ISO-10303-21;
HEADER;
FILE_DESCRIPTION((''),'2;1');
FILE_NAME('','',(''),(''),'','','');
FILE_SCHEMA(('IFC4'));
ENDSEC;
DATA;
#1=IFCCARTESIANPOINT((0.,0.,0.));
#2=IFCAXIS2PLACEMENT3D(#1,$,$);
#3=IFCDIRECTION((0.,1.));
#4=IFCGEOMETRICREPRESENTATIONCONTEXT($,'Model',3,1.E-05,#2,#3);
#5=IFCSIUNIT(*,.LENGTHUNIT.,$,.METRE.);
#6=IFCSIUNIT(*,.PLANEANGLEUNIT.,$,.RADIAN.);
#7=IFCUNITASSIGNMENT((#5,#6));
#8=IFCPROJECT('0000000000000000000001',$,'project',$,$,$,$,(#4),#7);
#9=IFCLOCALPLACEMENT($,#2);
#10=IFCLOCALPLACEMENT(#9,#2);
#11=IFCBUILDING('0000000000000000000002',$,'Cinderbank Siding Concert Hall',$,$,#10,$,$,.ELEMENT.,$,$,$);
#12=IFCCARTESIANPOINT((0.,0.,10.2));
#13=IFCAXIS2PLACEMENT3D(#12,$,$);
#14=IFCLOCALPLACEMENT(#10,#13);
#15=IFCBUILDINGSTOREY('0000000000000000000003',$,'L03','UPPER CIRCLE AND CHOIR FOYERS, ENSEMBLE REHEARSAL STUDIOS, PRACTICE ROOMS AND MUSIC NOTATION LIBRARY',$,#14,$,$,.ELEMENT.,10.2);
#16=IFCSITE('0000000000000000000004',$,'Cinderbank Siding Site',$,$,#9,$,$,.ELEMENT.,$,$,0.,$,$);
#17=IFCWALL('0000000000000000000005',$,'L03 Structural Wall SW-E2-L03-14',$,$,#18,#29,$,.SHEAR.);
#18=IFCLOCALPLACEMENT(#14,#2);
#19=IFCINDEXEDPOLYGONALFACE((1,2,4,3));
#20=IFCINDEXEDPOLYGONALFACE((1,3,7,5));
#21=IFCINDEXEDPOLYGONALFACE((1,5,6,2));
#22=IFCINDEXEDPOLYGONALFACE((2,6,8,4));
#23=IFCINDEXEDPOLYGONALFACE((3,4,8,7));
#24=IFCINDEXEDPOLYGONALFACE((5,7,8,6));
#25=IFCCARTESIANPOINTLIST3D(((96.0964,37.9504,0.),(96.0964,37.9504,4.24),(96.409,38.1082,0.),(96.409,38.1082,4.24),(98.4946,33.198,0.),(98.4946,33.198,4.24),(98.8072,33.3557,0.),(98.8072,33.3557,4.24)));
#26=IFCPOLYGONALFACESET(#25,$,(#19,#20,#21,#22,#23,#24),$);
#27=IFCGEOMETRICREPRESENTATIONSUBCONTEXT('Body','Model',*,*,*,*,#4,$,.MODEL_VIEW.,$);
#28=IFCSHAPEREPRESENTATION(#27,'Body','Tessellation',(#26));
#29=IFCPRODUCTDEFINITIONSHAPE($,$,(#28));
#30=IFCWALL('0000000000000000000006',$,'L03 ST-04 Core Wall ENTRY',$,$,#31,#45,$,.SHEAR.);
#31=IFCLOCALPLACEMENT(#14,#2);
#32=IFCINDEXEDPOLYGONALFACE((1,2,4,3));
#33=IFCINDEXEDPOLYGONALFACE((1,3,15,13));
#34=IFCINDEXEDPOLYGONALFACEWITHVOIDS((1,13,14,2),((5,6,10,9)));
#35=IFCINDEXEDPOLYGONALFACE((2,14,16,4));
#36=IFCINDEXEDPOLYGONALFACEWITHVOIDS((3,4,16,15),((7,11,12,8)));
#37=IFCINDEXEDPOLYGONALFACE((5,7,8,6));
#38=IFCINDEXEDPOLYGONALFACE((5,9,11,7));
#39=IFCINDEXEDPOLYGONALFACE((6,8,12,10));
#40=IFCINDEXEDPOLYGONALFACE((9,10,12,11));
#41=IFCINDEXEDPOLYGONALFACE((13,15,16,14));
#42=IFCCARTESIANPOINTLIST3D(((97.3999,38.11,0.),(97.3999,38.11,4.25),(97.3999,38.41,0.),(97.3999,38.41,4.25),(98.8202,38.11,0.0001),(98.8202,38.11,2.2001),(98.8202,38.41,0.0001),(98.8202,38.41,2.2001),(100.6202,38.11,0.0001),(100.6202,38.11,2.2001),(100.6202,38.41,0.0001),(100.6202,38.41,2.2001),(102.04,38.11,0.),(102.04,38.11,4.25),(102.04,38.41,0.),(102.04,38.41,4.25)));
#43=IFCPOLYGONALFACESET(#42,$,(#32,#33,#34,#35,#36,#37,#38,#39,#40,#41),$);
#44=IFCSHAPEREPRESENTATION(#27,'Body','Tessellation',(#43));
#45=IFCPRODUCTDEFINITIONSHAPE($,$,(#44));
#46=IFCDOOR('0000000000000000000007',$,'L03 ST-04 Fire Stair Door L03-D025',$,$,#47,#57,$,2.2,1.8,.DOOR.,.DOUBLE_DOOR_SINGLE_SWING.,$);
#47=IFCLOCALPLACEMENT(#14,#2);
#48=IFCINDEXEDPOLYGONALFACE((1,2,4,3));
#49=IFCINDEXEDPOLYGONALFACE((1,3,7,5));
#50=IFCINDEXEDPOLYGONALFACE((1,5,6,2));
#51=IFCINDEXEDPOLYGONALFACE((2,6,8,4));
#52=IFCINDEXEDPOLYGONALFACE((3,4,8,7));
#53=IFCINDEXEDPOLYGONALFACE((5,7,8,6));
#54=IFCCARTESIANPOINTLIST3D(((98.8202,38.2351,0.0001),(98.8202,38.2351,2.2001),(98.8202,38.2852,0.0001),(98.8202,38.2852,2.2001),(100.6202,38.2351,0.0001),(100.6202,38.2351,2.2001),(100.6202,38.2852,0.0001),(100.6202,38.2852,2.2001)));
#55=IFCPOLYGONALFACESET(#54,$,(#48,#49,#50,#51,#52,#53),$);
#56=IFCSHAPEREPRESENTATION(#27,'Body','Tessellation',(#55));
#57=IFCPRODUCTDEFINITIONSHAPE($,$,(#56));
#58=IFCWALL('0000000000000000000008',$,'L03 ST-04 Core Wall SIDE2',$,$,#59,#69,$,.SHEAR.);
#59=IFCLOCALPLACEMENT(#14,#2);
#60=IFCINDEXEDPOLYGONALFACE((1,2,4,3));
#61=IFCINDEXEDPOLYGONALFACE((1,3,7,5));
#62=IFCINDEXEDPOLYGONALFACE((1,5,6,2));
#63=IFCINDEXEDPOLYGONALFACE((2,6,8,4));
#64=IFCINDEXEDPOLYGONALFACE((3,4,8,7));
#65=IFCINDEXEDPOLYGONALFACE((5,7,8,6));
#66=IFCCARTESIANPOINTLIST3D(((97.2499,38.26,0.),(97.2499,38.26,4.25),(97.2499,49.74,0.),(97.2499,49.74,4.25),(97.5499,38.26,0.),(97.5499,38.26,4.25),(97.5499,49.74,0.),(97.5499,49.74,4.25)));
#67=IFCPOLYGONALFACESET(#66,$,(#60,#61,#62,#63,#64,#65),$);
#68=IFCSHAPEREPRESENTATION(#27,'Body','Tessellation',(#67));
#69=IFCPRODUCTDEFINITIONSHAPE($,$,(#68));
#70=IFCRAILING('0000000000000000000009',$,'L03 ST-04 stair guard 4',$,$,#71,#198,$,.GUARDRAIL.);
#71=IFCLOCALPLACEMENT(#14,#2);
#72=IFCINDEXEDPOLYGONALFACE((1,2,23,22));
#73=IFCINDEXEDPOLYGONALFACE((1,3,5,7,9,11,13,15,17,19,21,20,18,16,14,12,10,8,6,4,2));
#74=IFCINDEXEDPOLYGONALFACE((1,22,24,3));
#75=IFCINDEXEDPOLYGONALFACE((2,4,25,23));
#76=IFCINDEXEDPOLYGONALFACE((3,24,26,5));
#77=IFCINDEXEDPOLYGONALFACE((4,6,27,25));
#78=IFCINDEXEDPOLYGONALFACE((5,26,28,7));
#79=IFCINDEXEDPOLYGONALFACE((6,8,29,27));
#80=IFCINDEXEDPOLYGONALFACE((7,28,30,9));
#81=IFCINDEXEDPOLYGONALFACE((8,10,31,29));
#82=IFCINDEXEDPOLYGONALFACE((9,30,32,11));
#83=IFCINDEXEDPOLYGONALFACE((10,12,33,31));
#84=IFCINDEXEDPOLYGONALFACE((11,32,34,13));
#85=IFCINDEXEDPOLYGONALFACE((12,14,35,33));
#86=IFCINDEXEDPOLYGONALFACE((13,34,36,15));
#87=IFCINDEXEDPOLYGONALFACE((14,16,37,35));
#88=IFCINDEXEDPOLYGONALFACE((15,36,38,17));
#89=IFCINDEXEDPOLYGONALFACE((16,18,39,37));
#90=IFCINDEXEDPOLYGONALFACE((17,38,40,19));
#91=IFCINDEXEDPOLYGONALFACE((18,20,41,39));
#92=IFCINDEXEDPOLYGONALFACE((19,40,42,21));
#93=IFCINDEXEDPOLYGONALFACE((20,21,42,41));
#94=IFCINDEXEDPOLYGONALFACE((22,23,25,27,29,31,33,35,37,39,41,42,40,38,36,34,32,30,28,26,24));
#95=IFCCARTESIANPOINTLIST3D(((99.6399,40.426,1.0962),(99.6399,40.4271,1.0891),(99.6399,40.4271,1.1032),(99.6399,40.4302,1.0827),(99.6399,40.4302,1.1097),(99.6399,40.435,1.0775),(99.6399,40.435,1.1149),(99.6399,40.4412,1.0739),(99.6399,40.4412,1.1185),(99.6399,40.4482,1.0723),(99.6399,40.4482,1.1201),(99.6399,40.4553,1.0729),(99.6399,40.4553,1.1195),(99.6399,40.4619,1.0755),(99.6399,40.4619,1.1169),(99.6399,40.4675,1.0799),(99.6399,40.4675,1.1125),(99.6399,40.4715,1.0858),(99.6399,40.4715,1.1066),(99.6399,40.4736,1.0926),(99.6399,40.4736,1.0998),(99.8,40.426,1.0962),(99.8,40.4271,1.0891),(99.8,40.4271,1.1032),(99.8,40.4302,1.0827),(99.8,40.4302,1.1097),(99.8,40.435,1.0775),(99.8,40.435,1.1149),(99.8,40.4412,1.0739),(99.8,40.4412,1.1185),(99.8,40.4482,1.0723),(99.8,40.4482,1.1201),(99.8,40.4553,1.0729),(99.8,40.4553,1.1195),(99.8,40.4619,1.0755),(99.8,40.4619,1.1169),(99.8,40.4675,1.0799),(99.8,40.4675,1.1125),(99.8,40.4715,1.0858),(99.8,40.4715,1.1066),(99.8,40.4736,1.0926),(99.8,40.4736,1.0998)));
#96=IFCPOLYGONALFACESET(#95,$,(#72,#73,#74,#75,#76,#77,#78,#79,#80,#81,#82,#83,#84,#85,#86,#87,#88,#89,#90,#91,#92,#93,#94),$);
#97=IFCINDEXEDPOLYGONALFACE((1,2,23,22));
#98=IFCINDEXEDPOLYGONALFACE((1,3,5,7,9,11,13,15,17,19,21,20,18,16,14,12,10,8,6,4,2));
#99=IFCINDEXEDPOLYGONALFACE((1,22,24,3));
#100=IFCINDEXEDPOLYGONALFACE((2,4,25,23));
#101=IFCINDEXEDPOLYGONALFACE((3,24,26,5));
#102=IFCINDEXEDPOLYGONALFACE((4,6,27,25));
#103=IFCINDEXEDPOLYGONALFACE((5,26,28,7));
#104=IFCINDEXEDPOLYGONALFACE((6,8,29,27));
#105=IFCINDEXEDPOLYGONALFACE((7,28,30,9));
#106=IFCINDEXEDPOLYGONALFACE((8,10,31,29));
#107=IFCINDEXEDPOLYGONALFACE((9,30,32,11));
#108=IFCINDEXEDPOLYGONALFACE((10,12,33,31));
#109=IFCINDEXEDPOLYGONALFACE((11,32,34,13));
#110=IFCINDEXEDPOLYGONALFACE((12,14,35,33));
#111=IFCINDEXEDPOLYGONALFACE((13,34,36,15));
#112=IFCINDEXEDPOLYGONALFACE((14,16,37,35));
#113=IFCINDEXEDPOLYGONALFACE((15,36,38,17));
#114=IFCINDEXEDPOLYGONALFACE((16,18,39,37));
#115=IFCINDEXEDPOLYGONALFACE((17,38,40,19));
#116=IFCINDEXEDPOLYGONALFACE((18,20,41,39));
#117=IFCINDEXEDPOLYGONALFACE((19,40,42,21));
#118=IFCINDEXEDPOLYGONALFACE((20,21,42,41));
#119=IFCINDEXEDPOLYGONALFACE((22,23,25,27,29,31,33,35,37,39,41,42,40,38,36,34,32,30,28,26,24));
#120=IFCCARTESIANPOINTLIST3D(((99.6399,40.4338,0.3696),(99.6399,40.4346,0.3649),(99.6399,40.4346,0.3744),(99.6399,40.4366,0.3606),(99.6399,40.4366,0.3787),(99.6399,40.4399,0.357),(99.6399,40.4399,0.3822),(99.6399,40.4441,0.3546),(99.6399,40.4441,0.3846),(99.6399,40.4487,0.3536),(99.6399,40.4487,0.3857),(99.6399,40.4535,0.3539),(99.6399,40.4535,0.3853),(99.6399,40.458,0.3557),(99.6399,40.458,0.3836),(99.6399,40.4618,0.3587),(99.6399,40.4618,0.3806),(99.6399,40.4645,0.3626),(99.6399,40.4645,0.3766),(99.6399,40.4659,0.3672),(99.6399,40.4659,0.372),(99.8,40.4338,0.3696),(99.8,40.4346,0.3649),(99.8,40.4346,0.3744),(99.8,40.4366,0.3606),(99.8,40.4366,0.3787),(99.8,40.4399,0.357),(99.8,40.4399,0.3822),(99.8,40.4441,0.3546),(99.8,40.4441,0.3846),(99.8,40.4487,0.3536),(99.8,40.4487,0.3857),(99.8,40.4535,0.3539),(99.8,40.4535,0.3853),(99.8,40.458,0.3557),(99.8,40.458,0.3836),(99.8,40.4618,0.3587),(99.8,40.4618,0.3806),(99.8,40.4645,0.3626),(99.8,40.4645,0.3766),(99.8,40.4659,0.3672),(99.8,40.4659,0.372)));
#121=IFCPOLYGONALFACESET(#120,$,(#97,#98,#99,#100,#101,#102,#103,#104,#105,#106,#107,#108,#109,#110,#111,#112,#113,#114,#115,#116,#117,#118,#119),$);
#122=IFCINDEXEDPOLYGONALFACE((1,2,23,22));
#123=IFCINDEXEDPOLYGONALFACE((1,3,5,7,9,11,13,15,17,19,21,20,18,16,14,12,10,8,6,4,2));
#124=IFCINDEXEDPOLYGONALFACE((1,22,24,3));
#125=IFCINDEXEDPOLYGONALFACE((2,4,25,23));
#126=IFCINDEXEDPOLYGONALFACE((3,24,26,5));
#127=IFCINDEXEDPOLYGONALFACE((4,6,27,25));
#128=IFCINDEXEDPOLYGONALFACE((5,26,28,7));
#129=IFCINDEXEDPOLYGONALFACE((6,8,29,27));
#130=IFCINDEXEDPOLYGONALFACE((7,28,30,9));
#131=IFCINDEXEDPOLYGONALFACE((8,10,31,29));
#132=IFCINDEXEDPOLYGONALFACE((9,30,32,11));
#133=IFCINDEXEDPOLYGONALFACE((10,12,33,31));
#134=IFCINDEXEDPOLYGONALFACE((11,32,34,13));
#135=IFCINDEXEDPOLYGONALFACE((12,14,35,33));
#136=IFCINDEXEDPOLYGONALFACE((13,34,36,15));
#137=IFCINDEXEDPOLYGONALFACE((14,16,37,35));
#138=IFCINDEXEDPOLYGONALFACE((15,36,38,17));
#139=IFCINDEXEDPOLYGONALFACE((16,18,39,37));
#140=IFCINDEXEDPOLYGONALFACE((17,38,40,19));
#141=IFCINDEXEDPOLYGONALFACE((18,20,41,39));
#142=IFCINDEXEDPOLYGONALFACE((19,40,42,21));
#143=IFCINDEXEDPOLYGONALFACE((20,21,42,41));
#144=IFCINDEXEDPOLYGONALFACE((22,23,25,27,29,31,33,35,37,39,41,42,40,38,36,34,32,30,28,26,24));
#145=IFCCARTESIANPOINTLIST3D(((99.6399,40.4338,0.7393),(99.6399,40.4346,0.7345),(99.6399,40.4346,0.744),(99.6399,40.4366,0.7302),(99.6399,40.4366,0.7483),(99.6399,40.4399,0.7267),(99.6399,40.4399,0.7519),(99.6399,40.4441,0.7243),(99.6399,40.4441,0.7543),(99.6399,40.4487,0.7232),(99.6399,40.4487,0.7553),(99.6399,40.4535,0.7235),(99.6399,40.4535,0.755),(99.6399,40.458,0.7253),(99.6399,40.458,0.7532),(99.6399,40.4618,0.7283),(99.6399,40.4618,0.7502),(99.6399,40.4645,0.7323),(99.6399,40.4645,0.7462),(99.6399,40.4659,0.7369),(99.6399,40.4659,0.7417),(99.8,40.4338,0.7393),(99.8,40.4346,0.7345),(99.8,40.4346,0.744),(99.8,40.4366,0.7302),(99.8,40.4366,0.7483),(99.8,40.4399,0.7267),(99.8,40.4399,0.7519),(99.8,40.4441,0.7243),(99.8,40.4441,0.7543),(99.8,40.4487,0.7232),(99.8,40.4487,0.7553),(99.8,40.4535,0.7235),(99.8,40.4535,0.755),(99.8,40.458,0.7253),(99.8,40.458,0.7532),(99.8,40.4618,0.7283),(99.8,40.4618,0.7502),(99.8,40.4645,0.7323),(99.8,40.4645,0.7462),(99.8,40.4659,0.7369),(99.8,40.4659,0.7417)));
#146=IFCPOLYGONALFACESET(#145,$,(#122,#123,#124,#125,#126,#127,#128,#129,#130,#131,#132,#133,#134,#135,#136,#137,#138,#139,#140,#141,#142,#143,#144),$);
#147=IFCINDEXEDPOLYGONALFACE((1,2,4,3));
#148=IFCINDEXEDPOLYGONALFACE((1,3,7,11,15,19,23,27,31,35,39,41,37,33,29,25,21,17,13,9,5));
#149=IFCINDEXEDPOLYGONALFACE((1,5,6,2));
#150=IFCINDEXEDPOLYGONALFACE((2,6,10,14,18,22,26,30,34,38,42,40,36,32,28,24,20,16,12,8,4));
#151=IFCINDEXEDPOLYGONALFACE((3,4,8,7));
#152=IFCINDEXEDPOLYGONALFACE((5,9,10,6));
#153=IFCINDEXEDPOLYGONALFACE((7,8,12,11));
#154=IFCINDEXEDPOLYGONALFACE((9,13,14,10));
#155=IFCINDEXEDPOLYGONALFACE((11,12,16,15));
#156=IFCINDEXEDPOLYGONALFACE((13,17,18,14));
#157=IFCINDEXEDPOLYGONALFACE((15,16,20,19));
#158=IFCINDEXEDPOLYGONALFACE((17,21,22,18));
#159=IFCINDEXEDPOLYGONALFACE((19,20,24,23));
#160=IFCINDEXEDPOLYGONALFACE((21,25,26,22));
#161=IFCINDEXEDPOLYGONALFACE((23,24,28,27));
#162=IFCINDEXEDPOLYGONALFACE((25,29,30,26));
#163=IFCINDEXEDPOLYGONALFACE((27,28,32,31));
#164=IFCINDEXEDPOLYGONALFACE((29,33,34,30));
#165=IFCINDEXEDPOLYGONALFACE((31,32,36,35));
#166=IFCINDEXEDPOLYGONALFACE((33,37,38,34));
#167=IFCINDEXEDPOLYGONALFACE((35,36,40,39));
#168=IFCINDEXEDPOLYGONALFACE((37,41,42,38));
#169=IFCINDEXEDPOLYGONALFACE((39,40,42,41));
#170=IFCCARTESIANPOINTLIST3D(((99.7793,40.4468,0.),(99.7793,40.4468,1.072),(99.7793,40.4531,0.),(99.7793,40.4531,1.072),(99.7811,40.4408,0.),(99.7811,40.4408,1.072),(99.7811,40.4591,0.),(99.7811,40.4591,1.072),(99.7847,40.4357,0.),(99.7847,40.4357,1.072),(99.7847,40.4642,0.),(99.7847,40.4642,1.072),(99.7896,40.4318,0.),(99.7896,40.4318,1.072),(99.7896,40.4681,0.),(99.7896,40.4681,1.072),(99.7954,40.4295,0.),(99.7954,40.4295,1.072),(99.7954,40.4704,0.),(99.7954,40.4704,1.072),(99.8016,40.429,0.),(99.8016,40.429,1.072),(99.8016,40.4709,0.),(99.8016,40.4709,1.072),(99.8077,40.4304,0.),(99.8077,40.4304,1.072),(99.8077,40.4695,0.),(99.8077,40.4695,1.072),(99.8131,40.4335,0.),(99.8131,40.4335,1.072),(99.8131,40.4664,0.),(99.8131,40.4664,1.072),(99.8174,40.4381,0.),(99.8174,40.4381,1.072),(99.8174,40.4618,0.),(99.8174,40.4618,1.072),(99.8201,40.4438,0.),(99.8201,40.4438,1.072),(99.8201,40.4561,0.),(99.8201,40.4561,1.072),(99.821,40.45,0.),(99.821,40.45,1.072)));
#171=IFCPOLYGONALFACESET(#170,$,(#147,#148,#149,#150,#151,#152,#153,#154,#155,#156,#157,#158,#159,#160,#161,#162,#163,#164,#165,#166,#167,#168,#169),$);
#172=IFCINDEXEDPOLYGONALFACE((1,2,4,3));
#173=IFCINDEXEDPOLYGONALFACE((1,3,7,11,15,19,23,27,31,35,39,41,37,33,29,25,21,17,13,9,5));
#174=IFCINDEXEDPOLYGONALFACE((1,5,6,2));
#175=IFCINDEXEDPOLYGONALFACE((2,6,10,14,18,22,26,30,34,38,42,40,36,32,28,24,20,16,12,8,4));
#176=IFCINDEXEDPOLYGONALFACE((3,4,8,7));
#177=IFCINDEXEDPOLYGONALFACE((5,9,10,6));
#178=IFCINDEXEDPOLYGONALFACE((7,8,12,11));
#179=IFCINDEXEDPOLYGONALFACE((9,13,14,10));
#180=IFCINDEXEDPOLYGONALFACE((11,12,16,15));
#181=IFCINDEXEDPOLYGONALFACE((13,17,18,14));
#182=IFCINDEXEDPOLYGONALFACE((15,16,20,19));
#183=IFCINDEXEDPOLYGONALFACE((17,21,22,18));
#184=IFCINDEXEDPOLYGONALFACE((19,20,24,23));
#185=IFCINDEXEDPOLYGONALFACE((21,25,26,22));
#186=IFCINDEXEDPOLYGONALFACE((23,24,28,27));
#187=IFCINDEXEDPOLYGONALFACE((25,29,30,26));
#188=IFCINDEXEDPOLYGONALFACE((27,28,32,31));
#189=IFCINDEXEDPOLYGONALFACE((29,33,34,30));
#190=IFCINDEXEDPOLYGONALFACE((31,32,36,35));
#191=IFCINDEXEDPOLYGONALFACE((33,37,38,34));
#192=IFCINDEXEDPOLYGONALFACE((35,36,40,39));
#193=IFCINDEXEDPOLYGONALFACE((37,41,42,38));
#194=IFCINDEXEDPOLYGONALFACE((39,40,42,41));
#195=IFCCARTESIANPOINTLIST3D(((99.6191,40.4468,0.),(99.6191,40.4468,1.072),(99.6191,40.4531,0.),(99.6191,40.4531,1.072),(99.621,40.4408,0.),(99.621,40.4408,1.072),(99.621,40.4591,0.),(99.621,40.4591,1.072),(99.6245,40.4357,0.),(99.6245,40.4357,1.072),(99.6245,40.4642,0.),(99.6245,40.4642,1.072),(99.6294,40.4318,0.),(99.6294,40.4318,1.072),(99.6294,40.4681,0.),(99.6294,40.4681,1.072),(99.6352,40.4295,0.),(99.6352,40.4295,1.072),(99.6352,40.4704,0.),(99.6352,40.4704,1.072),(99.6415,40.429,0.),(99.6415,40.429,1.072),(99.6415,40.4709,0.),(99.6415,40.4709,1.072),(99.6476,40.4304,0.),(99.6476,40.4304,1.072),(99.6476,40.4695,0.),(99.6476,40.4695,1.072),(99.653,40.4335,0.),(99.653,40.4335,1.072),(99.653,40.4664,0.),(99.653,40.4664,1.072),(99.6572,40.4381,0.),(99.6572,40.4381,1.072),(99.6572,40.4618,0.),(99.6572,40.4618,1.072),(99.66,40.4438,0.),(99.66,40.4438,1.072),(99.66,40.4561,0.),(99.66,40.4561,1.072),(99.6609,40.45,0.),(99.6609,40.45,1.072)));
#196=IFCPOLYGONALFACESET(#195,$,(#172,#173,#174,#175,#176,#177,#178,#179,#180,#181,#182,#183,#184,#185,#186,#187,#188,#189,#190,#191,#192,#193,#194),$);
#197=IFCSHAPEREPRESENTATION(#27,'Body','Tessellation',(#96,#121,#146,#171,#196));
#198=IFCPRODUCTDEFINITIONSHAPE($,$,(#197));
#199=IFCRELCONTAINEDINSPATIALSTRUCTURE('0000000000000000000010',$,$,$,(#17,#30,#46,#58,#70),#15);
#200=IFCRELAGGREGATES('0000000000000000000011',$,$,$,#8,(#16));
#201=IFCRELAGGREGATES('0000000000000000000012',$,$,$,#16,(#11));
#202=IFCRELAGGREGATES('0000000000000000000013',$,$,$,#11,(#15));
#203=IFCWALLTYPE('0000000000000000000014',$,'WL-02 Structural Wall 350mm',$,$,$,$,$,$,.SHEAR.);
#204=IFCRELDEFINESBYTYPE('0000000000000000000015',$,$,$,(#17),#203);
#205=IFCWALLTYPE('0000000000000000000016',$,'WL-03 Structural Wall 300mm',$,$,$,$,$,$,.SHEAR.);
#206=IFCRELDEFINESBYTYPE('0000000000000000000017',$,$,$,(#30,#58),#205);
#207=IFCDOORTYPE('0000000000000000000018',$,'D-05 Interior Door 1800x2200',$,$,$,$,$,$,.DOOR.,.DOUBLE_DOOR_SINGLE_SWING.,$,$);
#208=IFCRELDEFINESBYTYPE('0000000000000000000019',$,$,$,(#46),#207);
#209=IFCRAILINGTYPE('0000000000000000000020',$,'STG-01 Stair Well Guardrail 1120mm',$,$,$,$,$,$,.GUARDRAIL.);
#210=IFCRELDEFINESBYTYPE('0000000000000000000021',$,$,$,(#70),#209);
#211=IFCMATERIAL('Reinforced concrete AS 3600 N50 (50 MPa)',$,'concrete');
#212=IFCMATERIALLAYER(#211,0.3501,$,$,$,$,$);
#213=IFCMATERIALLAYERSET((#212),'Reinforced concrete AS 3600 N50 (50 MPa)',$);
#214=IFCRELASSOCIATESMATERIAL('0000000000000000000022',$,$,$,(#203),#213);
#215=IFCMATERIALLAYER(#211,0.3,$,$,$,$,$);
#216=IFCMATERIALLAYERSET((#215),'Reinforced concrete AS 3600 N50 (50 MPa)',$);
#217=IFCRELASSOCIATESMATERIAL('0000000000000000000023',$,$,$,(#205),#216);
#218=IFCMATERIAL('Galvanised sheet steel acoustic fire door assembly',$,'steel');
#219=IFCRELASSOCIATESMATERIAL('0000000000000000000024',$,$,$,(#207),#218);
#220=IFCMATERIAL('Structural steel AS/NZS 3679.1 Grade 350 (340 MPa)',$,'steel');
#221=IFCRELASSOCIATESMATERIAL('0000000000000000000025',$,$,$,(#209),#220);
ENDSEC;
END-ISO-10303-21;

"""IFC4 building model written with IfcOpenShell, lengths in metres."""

from ifc_helpers import new_model, si_unit, direction, frame, frame_2d, origin, origin_2d, place, context, subcontext, project, spatial, rectangle, circle, extrude, material, layer, layer_set, type_object, element, fill, save


model = new_model("IFC4")

# Units and contexts
model_context = context("Model", 3, precision=1e-05, world=origin(), true_north=direction((0.0, 1.0)))
body_context = subcontext(model_context, "Body", "Model", "MODEL_VIEW")
ifc_project = project(units=[si_unit("LENGTHUNIT", "METRE"), si_unit("PLANEANGLEUNIT", "RADIAN")], contexts=[model_context])

# Site, building, storey
site_placement = place(None, origin())
site = spatial("IfcSite", under=ifc_project, at=site_placement, Name="Cinderbank Siding Site", CompositionType="ELEMENT", RefElevation=0.0)
building_placement = place(site_placement, origin())
building = spatial("IfcBuilding", under=site, at=building_placement, Name="Cinderbank Siding Concert Hall", CompositionType="ELEMENT")
storey_placement = place(building_placement, frame((0.0, 0.0, 10.2)))
storey = spatial("IfcBuildingStorey", under=building, at=storey_placement, Name="L03", Description="UPPER CIRCLE AND CHOIR FOYERS, ENSEMBLE REHEARSAL STUDIOS, PRACTICE ROOMS AND MUSIC NOTATION LIBRARY", CompositionType="ELEMENT", Elevation=10.2)

# Shared definitions
ifc_material_1 = material(Name="Reinforced concrete AS 3600 N50 (50 MPa)", Category="concrete")

# Shared definitions
ifc_material_2 = material(Name="Structural steel AS/NZS 3679.1 Grade 350 (340 MPa)", Category="steel")

# Wall
ifc_layer_1 = layer(ifc_material_1, 0.3501)
ifc_layer_set_1 = layer_set([ifc_layer_1], Name="Reinforced concrete AS 3600 N50 (50 MPa)")
wall_type_1 = type_object("IfcWallType", Name="WL-02 Structural Wall 350mm", PredefinedType="SHEAR", material=ifc_layer_set_1)
wall_1_placement = place(storey_placement, frame((96.2527, 38.0293, 0.0), z_axis=(0.0, 0.0, 1.0), x_axis=(0.450513, -0.89277, 0.0)))
element("IfcWall", 1, at=wall_1_placement, inside=storey, type_object=wall_type_1, Name="L03 Structural Wall SW-E2-L03-14", PredefinedType="SHEAR", context=body_context, shape_type="SweptSolid", body=[
    extrude(rectangle(XDim=5.3232, YDim=0.3501, at=frame_2d((2.6616, 0.0))), origin(), (0.0, 0.0, 1.0), 4.24),
])

# Wall, opening, door
ifc_layer_2 = layer(ifc_material_1, 0.3)
ifc_layer_set_2 = layer_set([ifc_layer_2], Name="Reinforced concrete AS 3600 N50 (50 MPa)")
wall_type_2 = type_object("IfcWallType", Name="WL-03 Structural Wall 300mm", PredefinedType="SHEAR", material=ifc_layer_set_2)
wall_2_placement = place(storey_placement, frame((102.04, 38.26, 0.0), z_axis=(0.0, 0.0, 1.0), x_axis=(-1.0, 0.0, 0.0)))
wall_2 = element("IfcWall", 2, at=wall_2_placement, inside=storey, type_object=wall_type_2, Name="L03 ST-04 Core Wall ENTRY", PredefinedType="SHEAR", context=body_context, shape_type="SweptSolid", body=[
    extrude(rectangle(XDim=4.6401, YDim=0.3, at=frame_2d((2.3201, 0.0))), origin(), (0.0, 0.0, 1.0), 4.25),
])
opening_placement = place(wall_2_placement, frame((1.4199, 0.0, 0.0)))
opening = element("IfcOpeningElement", 3, at=opening_placement, cuts=wall_2, PredefinedType="OPENING", context=body_context, shape_type="SweptSolid", body=[
    extrude(rectangle(XDim=1.8, YDim=2.2, at=frame_2d((0.8999, 1.1001))), frame((0.0, 0.1621, 0.0), z_axis=(0.0, -1.0, 0.0), x_axis=(1.0, 0.0, 0.0)), (0.0, 0.0, 1.0), 0.324),
])
ifc_material_3 = material(Name="Galvanised sheet steel acoustic fire door assembly", Category="steel")
door_type = type_object("IfcDoorType", Name="D-05 Interior Door 1800x2200", OperationType="DOUBLE_DOOR_SINGLE_SWING", PredefinedType="DOOR", material=ifc_material_3)
door_placement = place(opening_placement, origin())
door = element("IfcDoor", 4, at=door_placement, inside=storey, type_object=door_type, Name="L03 ST-04 Fire Stair Door L03-D025", OperationType="DOUBLE_DOOR_SINGLE_SWING", OverallHeight=2.2, OverallWidth=1.8, PredefinedType="DOOR", context=body_context, shape_type="SweptSolid", body=[
    extrude(rectangle(XDim=1.8, YDim=2.2, at=frame_2d((0.8999, 1.1001))), frame((0.0, 0.0249, 0.0), z_axis=(0.0, -1.0, 0.0), x_axis=(1.0, 0.0, 0.0)), (0.0, 0.0, 1.0), 0.05),
])
fill(opening, door)

# Wall
wall_3_placement = place(storey_placement, frame((97.3999, 38.26, 0.0), z_axis=(0.0, 0.0, 1.0), x_axis=(0.0, 1.0, 0.0)))
element("IfcWall", 5, at=wall_3_placement, inside=storey, type_object=wall_type_2, Name="L03 ST-04 Core Wall SIDE2", PredefinedType="SHEAR", context=body_context, shape_type="SweptSolid", body=[
    extrude(rectangle(XDim=11.48, YDim=0.3, at=frame_2d((5.74, 0.0))), origin(), (0.0, 0.0, 1.0), 4.25),
])

# Railing
railing_type_1 = type_object("IfcRailingType", Name="STG-01 Stair Well Guardrail 1120mm", PredefinedType="GUARDRAIL", material=ifc_material_2)
railing_1_placement = place(storey_placement, frame((99.8, 40.45, 0.0)))
element("IfcRailing", 6, at=railing_1_placement, inside=storey, type_object=railing_type_1, Name="L03 ST-04 stair guard 4", PredefinedType="GUARDRAIL", context=body_context, shape_type="SweptSolid", body=[
    extrude(circle(Radius=0.0239, at=origin_2d()), frame((0.0, 0.0, 1.0962), z_axis=(-1.0, 0.0, 0.0), x_axis=(0.0, -1.0, 0.0)), (0.0, 0.0, 1.0), 0.1602),
    extrude(circle(Radius=0.0161, at=origin_2d()), frame((0.0, 0.0, 0.3696), z_axis=(-1.0, 0.0, 0.0), x_axis=(0.0, -1.0, 0.0)), (0.0, 0.0, 1.0), 0.1602),
    extrude(circle(Radius=0.0161, at=origin_2d()), frame((0.0, 0.0, 0.7393), z_axis=(-1.0, 0.0, 0.0), x_axis=(0.0, -1.0, 0.0)), (0.0, 0.0, 1.0), 0.1602),
    extrude(circle(Radius=0.021, at=origin_2d()), origin(), (0.0, 0.0, 1.0), 1.072),
    extrude(circle(Radius=0.021, at=origin_2d()), frame((-0.1602, 0.0, 0.0)), (0.0, 0.0, 1.0), 1.072),
])

save(model, "model.ifc")
